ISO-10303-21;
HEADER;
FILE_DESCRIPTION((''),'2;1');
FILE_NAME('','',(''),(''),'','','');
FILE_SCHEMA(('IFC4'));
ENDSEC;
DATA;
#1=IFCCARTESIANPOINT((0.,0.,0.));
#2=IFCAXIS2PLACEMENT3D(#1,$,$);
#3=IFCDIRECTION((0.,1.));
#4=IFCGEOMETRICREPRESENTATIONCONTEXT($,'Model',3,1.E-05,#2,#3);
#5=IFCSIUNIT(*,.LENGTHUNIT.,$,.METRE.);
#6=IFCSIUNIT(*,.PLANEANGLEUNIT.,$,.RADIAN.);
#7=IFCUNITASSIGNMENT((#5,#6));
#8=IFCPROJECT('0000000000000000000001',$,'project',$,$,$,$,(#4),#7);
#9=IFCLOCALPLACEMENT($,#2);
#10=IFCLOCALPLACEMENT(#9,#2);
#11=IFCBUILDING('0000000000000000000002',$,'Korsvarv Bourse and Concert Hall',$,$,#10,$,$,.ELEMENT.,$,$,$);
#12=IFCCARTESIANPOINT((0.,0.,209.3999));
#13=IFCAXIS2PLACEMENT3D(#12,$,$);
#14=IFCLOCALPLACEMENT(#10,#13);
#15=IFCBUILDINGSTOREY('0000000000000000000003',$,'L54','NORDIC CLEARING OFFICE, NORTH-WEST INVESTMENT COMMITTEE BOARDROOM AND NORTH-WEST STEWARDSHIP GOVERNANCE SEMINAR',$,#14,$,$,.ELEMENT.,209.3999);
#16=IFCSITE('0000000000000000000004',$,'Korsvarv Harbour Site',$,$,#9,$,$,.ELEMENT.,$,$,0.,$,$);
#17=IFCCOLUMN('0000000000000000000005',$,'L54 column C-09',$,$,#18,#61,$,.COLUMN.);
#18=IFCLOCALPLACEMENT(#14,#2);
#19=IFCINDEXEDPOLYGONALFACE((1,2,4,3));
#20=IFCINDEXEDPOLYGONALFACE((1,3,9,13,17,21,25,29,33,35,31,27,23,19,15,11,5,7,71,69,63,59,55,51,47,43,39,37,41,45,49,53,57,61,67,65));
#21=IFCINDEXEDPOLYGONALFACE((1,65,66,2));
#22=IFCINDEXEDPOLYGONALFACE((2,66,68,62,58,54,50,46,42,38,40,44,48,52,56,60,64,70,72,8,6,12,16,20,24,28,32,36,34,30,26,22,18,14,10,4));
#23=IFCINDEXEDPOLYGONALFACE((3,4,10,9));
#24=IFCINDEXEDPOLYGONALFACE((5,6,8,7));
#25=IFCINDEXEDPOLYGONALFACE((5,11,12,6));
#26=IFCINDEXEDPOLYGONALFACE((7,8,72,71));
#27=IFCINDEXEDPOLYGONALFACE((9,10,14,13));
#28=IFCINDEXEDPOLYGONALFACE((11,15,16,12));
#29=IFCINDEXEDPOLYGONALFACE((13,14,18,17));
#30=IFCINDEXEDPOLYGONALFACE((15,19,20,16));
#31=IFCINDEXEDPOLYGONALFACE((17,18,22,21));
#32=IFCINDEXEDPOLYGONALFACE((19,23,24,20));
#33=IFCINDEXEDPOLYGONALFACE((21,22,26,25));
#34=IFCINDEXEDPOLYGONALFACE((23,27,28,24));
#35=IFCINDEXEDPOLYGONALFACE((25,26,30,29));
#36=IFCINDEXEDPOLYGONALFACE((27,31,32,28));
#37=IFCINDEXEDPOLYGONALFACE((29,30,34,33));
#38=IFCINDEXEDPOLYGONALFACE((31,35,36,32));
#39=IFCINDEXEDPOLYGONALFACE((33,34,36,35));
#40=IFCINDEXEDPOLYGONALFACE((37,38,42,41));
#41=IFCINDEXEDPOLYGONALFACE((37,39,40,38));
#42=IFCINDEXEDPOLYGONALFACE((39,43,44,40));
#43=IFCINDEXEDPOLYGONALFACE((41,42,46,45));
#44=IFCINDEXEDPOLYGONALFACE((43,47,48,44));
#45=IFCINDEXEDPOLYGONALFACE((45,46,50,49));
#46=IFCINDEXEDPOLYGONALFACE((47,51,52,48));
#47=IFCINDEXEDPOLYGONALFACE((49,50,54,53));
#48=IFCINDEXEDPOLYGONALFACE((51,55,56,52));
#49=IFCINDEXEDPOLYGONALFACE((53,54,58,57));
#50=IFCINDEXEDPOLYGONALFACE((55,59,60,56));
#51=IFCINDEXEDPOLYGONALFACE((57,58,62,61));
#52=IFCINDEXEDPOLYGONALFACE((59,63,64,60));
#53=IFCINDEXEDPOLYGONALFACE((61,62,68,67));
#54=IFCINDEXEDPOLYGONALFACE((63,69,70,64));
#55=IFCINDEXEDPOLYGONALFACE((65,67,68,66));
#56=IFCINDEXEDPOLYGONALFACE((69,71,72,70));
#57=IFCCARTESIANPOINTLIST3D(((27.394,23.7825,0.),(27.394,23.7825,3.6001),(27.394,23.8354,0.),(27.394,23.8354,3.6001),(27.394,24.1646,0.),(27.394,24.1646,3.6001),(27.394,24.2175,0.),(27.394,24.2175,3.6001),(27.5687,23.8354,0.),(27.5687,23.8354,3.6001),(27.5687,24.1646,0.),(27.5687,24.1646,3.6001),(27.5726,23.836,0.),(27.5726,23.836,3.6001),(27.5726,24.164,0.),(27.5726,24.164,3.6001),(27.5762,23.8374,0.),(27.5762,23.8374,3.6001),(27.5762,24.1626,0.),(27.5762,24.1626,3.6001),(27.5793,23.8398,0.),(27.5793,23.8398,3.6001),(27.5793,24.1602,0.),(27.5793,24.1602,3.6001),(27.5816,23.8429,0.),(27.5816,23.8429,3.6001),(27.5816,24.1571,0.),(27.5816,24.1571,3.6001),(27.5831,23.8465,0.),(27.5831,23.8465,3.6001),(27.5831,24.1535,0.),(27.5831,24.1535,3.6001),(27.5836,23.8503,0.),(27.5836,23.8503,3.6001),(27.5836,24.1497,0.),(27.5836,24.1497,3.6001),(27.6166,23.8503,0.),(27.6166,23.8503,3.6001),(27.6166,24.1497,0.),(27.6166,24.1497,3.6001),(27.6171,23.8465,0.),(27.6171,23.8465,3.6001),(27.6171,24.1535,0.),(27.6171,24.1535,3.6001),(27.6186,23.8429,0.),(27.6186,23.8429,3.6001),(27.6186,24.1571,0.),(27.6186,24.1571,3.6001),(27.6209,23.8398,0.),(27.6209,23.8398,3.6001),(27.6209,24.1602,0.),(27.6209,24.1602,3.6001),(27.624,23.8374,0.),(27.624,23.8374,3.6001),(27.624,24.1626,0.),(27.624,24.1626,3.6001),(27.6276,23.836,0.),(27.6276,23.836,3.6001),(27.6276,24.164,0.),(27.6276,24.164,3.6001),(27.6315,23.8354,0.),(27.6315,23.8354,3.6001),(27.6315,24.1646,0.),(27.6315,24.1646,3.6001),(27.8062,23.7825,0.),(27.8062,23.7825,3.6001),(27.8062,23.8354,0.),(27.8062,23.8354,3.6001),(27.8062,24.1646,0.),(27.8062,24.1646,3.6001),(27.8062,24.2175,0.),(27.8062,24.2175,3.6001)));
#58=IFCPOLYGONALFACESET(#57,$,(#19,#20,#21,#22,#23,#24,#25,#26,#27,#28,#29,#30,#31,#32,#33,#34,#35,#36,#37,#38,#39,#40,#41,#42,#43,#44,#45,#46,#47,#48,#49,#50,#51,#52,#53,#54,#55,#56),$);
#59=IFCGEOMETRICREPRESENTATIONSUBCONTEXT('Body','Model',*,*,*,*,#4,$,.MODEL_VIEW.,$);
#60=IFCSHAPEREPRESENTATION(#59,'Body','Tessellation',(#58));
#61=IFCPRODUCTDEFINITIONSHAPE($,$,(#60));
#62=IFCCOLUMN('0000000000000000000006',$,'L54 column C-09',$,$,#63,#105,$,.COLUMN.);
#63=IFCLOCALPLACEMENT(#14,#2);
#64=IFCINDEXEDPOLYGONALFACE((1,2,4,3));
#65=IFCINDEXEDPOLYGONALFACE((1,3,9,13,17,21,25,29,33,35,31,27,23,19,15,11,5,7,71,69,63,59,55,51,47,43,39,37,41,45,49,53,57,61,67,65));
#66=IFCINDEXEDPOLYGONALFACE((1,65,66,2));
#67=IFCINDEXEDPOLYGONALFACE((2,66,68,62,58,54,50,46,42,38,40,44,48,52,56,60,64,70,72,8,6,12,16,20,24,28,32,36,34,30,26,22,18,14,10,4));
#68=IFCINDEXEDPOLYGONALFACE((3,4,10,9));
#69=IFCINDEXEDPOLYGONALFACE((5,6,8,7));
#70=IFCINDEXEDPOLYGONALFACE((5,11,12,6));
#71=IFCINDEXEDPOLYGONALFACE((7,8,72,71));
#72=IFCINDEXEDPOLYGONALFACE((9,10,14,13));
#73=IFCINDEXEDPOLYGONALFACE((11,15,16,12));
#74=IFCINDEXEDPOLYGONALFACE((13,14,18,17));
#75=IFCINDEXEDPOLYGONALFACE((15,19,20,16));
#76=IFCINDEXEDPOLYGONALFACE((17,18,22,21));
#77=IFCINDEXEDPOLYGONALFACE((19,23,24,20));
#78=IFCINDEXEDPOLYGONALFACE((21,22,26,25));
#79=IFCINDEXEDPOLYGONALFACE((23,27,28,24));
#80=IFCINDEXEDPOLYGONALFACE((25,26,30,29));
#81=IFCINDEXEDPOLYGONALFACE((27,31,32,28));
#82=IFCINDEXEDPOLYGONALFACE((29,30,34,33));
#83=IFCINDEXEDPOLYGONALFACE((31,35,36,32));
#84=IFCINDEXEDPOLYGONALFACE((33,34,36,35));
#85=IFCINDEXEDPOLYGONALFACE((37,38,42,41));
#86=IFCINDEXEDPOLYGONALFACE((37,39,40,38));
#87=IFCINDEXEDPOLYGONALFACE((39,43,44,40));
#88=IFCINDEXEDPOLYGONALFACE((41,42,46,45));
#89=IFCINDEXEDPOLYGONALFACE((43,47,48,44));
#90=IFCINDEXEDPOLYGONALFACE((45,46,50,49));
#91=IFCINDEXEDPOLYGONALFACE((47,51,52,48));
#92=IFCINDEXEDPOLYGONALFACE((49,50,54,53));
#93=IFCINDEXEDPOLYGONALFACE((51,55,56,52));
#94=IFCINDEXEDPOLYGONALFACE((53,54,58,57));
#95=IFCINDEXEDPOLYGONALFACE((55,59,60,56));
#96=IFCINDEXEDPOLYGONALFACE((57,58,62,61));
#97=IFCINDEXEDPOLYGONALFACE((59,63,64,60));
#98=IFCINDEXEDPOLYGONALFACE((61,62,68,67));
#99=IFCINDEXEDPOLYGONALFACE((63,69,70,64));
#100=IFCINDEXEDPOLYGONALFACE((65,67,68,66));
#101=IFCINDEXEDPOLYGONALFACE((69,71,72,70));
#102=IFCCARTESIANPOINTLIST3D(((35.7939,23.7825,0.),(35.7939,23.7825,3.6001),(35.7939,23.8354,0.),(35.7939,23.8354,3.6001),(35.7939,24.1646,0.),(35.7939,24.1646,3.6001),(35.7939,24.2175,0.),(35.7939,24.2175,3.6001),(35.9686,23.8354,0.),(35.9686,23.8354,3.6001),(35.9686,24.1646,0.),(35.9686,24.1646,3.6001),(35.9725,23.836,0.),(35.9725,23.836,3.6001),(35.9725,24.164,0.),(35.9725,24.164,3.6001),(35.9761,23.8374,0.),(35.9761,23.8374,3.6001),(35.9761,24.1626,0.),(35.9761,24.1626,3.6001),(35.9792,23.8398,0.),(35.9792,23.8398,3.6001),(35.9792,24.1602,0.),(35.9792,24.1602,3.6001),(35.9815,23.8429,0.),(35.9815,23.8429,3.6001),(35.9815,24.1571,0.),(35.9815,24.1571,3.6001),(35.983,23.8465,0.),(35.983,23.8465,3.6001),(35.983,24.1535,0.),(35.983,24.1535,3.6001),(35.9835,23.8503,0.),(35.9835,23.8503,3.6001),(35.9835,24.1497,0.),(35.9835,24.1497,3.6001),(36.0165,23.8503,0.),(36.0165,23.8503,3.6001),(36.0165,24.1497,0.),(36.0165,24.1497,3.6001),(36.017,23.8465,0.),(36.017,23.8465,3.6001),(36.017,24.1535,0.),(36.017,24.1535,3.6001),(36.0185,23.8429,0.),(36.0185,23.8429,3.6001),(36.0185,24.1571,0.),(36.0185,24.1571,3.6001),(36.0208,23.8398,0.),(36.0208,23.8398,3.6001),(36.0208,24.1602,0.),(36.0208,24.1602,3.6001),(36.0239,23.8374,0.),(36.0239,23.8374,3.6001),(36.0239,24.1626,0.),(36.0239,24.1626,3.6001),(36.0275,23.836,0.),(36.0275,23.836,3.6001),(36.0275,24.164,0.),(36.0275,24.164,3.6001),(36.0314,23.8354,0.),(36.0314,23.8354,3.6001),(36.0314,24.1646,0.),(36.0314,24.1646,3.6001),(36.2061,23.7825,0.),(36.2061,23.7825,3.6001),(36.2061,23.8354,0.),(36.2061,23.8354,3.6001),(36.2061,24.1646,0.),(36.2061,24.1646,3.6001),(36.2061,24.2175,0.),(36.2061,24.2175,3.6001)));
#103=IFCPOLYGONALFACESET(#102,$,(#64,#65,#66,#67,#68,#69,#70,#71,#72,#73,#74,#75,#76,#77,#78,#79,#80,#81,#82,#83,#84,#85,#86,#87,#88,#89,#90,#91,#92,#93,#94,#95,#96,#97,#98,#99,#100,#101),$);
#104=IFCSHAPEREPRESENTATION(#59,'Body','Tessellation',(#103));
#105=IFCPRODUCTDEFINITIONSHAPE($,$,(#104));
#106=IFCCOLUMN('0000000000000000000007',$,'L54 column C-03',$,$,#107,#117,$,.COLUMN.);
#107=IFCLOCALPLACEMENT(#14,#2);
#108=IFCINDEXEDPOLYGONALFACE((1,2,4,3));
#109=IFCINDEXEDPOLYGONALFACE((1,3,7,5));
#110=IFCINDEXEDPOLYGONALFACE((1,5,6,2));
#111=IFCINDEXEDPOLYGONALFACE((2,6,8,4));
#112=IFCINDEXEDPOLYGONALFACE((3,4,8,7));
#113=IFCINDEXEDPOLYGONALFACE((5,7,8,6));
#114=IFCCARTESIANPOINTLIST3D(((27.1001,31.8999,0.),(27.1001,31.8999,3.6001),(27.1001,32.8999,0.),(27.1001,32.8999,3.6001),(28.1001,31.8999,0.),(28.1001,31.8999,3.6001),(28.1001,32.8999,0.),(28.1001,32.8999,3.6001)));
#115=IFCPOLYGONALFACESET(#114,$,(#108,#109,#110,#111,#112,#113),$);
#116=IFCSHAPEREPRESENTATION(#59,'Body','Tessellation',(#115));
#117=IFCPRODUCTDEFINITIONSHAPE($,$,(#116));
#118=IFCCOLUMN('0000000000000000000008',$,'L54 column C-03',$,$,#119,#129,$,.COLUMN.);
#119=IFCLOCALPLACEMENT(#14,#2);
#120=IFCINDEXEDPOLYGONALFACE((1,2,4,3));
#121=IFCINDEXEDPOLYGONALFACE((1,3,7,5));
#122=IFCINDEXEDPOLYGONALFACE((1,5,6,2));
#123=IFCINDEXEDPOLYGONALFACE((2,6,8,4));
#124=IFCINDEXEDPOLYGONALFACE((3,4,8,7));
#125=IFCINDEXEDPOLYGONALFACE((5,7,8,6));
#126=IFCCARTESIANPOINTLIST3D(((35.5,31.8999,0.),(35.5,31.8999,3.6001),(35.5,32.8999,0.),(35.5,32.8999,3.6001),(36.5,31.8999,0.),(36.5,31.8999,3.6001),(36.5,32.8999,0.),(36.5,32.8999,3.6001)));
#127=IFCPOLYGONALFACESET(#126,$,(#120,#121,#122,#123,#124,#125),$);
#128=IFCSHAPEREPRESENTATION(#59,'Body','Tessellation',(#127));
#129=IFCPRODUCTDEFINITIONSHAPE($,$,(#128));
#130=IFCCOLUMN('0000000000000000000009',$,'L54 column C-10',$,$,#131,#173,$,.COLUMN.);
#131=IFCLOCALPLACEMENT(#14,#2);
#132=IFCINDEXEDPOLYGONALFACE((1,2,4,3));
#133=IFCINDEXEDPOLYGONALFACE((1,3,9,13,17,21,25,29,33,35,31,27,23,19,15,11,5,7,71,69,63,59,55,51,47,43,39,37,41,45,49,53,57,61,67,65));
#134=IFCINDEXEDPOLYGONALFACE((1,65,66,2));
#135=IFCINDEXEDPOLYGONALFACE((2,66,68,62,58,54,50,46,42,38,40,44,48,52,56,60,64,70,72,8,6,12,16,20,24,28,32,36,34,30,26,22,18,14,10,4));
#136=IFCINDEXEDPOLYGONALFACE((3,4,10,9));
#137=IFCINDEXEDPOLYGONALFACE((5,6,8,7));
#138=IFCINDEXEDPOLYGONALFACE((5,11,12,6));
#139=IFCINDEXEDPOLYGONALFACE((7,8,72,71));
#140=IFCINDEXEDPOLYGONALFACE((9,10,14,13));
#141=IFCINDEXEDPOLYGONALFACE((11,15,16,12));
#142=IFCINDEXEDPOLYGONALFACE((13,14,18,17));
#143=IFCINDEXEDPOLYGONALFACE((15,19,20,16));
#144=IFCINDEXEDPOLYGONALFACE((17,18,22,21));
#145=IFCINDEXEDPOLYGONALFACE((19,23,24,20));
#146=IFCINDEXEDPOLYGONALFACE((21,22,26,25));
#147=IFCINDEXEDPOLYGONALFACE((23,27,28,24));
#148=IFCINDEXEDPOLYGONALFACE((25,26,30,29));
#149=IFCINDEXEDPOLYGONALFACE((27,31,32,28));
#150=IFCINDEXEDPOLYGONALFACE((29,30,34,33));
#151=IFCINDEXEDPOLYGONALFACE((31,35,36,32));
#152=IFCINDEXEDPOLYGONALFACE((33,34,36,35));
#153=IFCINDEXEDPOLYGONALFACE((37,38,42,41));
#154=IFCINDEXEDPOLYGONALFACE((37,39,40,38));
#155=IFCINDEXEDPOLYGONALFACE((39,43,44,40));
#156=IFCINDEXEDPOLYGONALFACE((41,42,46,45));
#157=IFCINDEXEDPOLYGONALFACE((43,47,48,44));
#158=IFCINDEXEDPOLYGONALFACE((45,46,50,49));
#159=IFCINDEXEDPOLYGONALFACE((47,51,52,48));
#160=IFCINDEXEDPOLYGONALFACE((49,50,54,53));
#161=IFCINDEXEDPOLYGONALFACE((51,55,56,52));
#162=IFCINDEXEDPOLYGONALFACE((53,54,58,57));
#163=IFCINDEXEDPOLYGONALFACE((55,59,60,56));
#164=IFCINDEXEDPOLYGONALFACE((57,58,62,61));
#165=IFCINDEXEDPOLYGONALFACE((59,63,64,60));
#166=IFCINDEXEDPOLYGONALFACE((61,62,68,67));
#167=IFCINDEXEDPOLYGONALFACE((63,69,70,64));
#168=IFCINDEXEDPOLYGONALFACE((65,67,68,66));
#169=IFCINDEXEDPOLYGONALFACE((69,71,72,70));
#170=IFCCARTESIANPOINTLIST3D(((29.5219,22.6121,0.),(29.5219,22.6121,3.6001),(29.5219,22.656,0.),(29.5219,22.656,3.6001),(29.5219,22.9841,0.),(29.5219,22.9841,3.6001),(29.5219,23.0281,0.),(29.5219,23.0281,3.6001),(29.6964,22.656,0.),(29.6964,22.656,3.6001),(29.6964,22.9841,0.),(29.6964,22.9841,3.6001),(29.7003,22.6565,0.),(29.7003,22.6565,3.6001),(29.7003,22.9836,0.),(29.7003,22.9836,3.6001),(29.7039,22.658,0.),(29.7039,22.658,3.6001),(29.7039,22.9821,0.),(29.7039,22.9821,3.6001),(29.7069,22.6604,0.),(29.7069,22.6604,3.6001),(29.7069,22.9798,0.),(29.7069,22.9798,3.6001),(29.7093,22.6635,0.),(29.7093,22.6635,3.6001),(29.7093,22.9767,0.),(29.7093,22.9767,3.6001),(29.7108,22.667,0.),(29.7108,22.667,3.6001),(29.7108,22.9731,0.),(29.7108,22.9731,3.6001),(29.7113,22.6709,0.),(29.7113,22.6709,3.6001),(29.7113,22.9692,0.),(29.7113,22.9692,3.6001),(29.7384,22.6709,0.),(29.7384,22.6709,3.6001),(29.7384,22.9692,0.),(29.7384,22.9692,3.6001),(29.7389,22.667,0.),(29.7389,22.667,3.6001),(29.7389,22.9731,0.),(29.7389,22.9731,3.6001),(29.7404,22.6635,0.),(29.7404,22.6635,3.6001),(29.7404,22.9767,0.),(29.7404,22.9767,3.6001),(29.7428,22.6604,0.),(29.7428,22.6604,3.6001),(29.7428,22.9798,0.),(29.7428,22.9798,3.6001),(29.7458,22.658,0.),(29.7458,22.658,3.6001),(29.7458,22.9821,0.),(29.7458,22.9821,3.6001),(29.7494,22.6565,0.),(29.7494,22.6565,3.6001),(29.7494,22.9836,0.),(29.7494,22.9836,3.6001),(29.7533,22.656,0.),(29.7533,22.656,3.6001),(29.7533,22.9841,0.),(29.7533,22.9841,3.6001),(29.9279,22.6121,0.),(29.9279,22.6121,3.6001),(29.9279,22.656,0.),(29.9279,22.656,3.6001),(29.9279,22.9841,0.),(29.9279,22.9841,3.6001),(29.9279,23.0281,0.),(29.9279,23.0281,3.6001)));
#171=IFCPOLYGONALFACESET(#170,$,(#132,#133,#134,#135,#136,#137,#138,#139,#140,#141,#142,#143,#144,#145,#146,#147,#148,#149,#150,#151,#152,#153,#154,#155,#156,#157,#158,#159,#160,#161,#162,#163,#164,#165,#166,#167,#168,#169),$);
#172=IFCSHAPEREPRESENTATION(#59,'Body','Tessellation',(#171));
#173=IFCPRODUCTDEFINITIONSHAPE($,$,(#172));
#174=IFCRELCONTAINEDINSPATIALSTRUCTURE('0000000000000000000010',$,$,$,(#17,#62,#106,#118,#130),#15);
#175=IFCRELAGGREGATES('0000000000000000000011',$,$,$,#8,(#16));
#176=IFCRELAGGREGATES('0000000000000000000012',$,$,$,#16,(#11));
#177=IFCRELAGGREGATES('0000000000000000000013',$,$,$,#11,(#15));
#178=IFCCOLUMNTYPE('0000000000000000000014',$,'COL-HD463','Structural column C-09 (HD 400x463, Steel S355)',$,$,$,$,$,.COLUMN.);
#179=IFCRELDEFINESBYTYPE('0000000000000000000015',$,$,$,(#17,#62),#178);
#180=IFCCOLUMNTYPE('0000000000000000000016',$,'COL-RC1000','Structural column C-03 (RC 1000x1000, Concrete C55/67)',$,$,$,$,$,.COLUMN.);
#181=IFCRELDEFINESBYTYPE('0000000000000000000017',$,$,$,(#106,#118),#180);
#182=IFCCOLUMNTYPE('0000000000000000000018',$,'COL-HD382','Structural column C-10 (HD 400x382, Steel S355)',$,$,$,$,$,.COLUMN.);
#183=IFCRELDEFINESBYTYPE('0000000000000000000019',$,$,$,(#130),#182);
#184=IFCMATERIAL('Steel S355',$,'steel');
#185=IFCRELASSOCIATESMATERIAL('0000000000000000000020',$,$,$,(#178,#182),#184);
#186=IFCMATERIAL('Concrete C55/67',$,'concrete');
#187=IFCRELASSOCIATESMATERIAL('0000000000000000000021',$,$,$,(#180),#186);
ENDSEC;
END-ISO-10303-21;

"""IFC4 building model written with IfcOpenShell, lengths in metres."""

from ifc_helpers import new_model, si_unit, direction, frame, origin, origin_2d, place, context, subcontext, project, spatial, rectangle, i_section, extrude, source, transform, mapped, material, material_profile, profile_set, type_object, element, save


model = new_model("IFC4")

# Units and contexts
model_context = context("Model", 3, precision=1e-05, world=origin(), true_north=direction((0.0, 1.0)))
body_context = subcontext(model_context, "Body", "Model", "MODEL_VIEW")
ifc_project = project(units=[si_unit("LENGTHUNIT", "METRE"), si_unit("PLANEANGLEUNIT", "RADIAN")], contexts=[model_context])

# Site, building, storey
site_placement = place(None, origin())
site = spatial("IfcSite", under=ifc_project, at=site_placement, Name="Korsvarv Harbour Site", CompositionType="ELEMENT", RefElevation=0.0)
building_placement = place(site_placement, origin())
building = spatial("IfcBuilding", under=site, at=building_placement, Name="Korsvarv Bourse and Concert Hall", CompositionType="ELEMENT")
storey_placement = place(building_placement, frame((0.0, 0.0, 209.3999)))
storey = spatial("IfcBuildingStorey", under=building, at=storey_placement, Name="L54", Description="NORDIC CLEARING OFFICE, NORTH-WEST INVESTMENT COMMITTEE BOARDROOM AND NORTH-WEST STEWARDSHIP GOVERNANCE SEMINAR", CompositionType="ELEMENT", Elevation=209.3999)

# Columns
ifc_material_1 = material(Name="Steel S355", Category="steel")
ifc_material_profile_1 = material_profile(ifc_material_1, i_section(OverallWidth=0.4121, OverallDepth=0.4351, WebThickness=0.033, FlangeThickness=0.053, FilletRadius=0.0149, at=origin_2d()), Name="HD 400x463")
ifc_profile_set_1 = profile_set([ifc_material_profile_1], Name="Steel S355")
column_type_1 = type_object("IfcColumnType", Name="COL-HD463", Description="Structural column C-09 (HD 400x463, Steel S355)", PredefinedType="COLUMN", material=ifc_profile_set_1)
shared_shape_1 = source(origin(), body_context, "Body", "SweptSolid", [
    extrude(i_section(OverallWidth=0.4121, OverallDepth=0.4351, WebThickness=0.033, FlangeThickness=0.053, FilletRadius=0.0149, at=origin_2d()), origin(), (0.0, 0.0, 1.0), 3.6001),
])
for number, where, z_axis, x_axis, name in (
    (1, (27.6001, 24.0, 0.0), (0.0, 0.0, 1.0), (1.0, 0.0, 0.0), "L54 column C-09"),
    (2, (36.0, 24.0, 0.0), (0.0, 0.0, 1.0), (1.0, 0.0, 0.0), "L54 column C-09"),
):
    element("IfcColumn", number, at=place(storey_placement, frame(where, z_axis=z_axis, x_axis=x_axis)), inside=storey, type_object=column_type_1, Name=name, PredefinedType="COLUMN", context=body_context, shape_type="MappedRepresentation", body=[
        mapped(shared_shape_1, transform((0.0, 0.0, 0.0), scale=1.0)),
    ])
ifc_material_2 = material(Name="Concrete C55/67", Category="concrete")
ifc_material_profile_2 = material_profile(ifc_material_2, rectangle(XDim=1.0, YDim=1.0, at=origin_2d()), Name="RC 1000x1000")
ifc_profile_set_2 = profile_set([ifc_material_profile_2], Name="Concrete C55/67")
column_type_2 = type_object("IfcColumnType", Name="COL-RC1000", Description="Structural column C-03 (RC 1000x1000, Concrete C55/67)", PredefinedType="COLUMN", material=ifc_profile_set_2)
shared_shape_2 = source(origin(), body_context, "Body", "SweptSolid", [
    extrude(rectangle(XDim=1.0, YDim=1.0, at=origin_2d()), origin(), (0.0, 0.0, 1.0), 3.6001),
])
for number, where, z_axis, x_axis, name in (
    (3, (27.6001, 32.3999, 0.0), (0.0, 0.0, 1.0), (1.0, 0.0, 0.0), "L54 column C-03"),
    (4, (36.0, 32.3999, 0.0), (0.0, 0.0, 1.0), (1.0, 0.0, 0.0), "L54 column C-03"),
):
    element("IfcColumn", number, at=place(storey_placement, frame(where, z_axis=z_axis, x_axis=x_axis)), inside=storey, type_object=column_type_2, Name=name, PredefinedType="COLUMN", context=body_context, shape_type="MappedRepresentation", body=[
        mapped(shared_shape_2, transform((0.0, 0.0, 0.0), scale=1.0)),
    ])
ifc_material_profile_3 = material_profile(ifc_material_1, i_section(OverallWidth=0.406, OverallDepth=0.416, WebThickness=0.0271, FlangeThickness=0.0439, FilletRadius=0.0149, at=origin_2d()), Name="HD 400x382")
ifc_profile_set_3 = profile_set([ifc_material_profile_3], Name="Steel S355")
column_type_3 = type_object("IfcColumnType", Name="COL-HD382", Description="Structural column C-10 (HD 400x382, Steel S355)", PredefinedType="COLUMN", material=ifc_profile_set_3)
shared_shape_3 = source(origin(), body_context, "Body", "SweptSolid", [
    extrude(i_section(OverallWidth=0.406, OverallDepth=0.416, WebThickness=0.0271, FlangeThickness=0.0439, FilletRadius=0.0149, at=origin_2d()), origin(), (0.0, 0.0, 1.0), 3.6001),
])
column_placement = place(storey_placement, frame((29.7249, 22.8201, 0.0), z_axis=(0.0, 0.0, 1.0), x_axis=(1.0, 0.0, 0.0)))
element("IfcColumn", 5, at=column_placement, inside=storey, type_object=column_type_3, Name="L54 column C-10", PredefinedType="COLUMN", context=body_context, shape_type="MappedRepresentation", body=[
    mapped(shared_shape_3, transform((0.0, 0.0, 0.0), scale=1.0)),
])

save(model, "model.ifc")
